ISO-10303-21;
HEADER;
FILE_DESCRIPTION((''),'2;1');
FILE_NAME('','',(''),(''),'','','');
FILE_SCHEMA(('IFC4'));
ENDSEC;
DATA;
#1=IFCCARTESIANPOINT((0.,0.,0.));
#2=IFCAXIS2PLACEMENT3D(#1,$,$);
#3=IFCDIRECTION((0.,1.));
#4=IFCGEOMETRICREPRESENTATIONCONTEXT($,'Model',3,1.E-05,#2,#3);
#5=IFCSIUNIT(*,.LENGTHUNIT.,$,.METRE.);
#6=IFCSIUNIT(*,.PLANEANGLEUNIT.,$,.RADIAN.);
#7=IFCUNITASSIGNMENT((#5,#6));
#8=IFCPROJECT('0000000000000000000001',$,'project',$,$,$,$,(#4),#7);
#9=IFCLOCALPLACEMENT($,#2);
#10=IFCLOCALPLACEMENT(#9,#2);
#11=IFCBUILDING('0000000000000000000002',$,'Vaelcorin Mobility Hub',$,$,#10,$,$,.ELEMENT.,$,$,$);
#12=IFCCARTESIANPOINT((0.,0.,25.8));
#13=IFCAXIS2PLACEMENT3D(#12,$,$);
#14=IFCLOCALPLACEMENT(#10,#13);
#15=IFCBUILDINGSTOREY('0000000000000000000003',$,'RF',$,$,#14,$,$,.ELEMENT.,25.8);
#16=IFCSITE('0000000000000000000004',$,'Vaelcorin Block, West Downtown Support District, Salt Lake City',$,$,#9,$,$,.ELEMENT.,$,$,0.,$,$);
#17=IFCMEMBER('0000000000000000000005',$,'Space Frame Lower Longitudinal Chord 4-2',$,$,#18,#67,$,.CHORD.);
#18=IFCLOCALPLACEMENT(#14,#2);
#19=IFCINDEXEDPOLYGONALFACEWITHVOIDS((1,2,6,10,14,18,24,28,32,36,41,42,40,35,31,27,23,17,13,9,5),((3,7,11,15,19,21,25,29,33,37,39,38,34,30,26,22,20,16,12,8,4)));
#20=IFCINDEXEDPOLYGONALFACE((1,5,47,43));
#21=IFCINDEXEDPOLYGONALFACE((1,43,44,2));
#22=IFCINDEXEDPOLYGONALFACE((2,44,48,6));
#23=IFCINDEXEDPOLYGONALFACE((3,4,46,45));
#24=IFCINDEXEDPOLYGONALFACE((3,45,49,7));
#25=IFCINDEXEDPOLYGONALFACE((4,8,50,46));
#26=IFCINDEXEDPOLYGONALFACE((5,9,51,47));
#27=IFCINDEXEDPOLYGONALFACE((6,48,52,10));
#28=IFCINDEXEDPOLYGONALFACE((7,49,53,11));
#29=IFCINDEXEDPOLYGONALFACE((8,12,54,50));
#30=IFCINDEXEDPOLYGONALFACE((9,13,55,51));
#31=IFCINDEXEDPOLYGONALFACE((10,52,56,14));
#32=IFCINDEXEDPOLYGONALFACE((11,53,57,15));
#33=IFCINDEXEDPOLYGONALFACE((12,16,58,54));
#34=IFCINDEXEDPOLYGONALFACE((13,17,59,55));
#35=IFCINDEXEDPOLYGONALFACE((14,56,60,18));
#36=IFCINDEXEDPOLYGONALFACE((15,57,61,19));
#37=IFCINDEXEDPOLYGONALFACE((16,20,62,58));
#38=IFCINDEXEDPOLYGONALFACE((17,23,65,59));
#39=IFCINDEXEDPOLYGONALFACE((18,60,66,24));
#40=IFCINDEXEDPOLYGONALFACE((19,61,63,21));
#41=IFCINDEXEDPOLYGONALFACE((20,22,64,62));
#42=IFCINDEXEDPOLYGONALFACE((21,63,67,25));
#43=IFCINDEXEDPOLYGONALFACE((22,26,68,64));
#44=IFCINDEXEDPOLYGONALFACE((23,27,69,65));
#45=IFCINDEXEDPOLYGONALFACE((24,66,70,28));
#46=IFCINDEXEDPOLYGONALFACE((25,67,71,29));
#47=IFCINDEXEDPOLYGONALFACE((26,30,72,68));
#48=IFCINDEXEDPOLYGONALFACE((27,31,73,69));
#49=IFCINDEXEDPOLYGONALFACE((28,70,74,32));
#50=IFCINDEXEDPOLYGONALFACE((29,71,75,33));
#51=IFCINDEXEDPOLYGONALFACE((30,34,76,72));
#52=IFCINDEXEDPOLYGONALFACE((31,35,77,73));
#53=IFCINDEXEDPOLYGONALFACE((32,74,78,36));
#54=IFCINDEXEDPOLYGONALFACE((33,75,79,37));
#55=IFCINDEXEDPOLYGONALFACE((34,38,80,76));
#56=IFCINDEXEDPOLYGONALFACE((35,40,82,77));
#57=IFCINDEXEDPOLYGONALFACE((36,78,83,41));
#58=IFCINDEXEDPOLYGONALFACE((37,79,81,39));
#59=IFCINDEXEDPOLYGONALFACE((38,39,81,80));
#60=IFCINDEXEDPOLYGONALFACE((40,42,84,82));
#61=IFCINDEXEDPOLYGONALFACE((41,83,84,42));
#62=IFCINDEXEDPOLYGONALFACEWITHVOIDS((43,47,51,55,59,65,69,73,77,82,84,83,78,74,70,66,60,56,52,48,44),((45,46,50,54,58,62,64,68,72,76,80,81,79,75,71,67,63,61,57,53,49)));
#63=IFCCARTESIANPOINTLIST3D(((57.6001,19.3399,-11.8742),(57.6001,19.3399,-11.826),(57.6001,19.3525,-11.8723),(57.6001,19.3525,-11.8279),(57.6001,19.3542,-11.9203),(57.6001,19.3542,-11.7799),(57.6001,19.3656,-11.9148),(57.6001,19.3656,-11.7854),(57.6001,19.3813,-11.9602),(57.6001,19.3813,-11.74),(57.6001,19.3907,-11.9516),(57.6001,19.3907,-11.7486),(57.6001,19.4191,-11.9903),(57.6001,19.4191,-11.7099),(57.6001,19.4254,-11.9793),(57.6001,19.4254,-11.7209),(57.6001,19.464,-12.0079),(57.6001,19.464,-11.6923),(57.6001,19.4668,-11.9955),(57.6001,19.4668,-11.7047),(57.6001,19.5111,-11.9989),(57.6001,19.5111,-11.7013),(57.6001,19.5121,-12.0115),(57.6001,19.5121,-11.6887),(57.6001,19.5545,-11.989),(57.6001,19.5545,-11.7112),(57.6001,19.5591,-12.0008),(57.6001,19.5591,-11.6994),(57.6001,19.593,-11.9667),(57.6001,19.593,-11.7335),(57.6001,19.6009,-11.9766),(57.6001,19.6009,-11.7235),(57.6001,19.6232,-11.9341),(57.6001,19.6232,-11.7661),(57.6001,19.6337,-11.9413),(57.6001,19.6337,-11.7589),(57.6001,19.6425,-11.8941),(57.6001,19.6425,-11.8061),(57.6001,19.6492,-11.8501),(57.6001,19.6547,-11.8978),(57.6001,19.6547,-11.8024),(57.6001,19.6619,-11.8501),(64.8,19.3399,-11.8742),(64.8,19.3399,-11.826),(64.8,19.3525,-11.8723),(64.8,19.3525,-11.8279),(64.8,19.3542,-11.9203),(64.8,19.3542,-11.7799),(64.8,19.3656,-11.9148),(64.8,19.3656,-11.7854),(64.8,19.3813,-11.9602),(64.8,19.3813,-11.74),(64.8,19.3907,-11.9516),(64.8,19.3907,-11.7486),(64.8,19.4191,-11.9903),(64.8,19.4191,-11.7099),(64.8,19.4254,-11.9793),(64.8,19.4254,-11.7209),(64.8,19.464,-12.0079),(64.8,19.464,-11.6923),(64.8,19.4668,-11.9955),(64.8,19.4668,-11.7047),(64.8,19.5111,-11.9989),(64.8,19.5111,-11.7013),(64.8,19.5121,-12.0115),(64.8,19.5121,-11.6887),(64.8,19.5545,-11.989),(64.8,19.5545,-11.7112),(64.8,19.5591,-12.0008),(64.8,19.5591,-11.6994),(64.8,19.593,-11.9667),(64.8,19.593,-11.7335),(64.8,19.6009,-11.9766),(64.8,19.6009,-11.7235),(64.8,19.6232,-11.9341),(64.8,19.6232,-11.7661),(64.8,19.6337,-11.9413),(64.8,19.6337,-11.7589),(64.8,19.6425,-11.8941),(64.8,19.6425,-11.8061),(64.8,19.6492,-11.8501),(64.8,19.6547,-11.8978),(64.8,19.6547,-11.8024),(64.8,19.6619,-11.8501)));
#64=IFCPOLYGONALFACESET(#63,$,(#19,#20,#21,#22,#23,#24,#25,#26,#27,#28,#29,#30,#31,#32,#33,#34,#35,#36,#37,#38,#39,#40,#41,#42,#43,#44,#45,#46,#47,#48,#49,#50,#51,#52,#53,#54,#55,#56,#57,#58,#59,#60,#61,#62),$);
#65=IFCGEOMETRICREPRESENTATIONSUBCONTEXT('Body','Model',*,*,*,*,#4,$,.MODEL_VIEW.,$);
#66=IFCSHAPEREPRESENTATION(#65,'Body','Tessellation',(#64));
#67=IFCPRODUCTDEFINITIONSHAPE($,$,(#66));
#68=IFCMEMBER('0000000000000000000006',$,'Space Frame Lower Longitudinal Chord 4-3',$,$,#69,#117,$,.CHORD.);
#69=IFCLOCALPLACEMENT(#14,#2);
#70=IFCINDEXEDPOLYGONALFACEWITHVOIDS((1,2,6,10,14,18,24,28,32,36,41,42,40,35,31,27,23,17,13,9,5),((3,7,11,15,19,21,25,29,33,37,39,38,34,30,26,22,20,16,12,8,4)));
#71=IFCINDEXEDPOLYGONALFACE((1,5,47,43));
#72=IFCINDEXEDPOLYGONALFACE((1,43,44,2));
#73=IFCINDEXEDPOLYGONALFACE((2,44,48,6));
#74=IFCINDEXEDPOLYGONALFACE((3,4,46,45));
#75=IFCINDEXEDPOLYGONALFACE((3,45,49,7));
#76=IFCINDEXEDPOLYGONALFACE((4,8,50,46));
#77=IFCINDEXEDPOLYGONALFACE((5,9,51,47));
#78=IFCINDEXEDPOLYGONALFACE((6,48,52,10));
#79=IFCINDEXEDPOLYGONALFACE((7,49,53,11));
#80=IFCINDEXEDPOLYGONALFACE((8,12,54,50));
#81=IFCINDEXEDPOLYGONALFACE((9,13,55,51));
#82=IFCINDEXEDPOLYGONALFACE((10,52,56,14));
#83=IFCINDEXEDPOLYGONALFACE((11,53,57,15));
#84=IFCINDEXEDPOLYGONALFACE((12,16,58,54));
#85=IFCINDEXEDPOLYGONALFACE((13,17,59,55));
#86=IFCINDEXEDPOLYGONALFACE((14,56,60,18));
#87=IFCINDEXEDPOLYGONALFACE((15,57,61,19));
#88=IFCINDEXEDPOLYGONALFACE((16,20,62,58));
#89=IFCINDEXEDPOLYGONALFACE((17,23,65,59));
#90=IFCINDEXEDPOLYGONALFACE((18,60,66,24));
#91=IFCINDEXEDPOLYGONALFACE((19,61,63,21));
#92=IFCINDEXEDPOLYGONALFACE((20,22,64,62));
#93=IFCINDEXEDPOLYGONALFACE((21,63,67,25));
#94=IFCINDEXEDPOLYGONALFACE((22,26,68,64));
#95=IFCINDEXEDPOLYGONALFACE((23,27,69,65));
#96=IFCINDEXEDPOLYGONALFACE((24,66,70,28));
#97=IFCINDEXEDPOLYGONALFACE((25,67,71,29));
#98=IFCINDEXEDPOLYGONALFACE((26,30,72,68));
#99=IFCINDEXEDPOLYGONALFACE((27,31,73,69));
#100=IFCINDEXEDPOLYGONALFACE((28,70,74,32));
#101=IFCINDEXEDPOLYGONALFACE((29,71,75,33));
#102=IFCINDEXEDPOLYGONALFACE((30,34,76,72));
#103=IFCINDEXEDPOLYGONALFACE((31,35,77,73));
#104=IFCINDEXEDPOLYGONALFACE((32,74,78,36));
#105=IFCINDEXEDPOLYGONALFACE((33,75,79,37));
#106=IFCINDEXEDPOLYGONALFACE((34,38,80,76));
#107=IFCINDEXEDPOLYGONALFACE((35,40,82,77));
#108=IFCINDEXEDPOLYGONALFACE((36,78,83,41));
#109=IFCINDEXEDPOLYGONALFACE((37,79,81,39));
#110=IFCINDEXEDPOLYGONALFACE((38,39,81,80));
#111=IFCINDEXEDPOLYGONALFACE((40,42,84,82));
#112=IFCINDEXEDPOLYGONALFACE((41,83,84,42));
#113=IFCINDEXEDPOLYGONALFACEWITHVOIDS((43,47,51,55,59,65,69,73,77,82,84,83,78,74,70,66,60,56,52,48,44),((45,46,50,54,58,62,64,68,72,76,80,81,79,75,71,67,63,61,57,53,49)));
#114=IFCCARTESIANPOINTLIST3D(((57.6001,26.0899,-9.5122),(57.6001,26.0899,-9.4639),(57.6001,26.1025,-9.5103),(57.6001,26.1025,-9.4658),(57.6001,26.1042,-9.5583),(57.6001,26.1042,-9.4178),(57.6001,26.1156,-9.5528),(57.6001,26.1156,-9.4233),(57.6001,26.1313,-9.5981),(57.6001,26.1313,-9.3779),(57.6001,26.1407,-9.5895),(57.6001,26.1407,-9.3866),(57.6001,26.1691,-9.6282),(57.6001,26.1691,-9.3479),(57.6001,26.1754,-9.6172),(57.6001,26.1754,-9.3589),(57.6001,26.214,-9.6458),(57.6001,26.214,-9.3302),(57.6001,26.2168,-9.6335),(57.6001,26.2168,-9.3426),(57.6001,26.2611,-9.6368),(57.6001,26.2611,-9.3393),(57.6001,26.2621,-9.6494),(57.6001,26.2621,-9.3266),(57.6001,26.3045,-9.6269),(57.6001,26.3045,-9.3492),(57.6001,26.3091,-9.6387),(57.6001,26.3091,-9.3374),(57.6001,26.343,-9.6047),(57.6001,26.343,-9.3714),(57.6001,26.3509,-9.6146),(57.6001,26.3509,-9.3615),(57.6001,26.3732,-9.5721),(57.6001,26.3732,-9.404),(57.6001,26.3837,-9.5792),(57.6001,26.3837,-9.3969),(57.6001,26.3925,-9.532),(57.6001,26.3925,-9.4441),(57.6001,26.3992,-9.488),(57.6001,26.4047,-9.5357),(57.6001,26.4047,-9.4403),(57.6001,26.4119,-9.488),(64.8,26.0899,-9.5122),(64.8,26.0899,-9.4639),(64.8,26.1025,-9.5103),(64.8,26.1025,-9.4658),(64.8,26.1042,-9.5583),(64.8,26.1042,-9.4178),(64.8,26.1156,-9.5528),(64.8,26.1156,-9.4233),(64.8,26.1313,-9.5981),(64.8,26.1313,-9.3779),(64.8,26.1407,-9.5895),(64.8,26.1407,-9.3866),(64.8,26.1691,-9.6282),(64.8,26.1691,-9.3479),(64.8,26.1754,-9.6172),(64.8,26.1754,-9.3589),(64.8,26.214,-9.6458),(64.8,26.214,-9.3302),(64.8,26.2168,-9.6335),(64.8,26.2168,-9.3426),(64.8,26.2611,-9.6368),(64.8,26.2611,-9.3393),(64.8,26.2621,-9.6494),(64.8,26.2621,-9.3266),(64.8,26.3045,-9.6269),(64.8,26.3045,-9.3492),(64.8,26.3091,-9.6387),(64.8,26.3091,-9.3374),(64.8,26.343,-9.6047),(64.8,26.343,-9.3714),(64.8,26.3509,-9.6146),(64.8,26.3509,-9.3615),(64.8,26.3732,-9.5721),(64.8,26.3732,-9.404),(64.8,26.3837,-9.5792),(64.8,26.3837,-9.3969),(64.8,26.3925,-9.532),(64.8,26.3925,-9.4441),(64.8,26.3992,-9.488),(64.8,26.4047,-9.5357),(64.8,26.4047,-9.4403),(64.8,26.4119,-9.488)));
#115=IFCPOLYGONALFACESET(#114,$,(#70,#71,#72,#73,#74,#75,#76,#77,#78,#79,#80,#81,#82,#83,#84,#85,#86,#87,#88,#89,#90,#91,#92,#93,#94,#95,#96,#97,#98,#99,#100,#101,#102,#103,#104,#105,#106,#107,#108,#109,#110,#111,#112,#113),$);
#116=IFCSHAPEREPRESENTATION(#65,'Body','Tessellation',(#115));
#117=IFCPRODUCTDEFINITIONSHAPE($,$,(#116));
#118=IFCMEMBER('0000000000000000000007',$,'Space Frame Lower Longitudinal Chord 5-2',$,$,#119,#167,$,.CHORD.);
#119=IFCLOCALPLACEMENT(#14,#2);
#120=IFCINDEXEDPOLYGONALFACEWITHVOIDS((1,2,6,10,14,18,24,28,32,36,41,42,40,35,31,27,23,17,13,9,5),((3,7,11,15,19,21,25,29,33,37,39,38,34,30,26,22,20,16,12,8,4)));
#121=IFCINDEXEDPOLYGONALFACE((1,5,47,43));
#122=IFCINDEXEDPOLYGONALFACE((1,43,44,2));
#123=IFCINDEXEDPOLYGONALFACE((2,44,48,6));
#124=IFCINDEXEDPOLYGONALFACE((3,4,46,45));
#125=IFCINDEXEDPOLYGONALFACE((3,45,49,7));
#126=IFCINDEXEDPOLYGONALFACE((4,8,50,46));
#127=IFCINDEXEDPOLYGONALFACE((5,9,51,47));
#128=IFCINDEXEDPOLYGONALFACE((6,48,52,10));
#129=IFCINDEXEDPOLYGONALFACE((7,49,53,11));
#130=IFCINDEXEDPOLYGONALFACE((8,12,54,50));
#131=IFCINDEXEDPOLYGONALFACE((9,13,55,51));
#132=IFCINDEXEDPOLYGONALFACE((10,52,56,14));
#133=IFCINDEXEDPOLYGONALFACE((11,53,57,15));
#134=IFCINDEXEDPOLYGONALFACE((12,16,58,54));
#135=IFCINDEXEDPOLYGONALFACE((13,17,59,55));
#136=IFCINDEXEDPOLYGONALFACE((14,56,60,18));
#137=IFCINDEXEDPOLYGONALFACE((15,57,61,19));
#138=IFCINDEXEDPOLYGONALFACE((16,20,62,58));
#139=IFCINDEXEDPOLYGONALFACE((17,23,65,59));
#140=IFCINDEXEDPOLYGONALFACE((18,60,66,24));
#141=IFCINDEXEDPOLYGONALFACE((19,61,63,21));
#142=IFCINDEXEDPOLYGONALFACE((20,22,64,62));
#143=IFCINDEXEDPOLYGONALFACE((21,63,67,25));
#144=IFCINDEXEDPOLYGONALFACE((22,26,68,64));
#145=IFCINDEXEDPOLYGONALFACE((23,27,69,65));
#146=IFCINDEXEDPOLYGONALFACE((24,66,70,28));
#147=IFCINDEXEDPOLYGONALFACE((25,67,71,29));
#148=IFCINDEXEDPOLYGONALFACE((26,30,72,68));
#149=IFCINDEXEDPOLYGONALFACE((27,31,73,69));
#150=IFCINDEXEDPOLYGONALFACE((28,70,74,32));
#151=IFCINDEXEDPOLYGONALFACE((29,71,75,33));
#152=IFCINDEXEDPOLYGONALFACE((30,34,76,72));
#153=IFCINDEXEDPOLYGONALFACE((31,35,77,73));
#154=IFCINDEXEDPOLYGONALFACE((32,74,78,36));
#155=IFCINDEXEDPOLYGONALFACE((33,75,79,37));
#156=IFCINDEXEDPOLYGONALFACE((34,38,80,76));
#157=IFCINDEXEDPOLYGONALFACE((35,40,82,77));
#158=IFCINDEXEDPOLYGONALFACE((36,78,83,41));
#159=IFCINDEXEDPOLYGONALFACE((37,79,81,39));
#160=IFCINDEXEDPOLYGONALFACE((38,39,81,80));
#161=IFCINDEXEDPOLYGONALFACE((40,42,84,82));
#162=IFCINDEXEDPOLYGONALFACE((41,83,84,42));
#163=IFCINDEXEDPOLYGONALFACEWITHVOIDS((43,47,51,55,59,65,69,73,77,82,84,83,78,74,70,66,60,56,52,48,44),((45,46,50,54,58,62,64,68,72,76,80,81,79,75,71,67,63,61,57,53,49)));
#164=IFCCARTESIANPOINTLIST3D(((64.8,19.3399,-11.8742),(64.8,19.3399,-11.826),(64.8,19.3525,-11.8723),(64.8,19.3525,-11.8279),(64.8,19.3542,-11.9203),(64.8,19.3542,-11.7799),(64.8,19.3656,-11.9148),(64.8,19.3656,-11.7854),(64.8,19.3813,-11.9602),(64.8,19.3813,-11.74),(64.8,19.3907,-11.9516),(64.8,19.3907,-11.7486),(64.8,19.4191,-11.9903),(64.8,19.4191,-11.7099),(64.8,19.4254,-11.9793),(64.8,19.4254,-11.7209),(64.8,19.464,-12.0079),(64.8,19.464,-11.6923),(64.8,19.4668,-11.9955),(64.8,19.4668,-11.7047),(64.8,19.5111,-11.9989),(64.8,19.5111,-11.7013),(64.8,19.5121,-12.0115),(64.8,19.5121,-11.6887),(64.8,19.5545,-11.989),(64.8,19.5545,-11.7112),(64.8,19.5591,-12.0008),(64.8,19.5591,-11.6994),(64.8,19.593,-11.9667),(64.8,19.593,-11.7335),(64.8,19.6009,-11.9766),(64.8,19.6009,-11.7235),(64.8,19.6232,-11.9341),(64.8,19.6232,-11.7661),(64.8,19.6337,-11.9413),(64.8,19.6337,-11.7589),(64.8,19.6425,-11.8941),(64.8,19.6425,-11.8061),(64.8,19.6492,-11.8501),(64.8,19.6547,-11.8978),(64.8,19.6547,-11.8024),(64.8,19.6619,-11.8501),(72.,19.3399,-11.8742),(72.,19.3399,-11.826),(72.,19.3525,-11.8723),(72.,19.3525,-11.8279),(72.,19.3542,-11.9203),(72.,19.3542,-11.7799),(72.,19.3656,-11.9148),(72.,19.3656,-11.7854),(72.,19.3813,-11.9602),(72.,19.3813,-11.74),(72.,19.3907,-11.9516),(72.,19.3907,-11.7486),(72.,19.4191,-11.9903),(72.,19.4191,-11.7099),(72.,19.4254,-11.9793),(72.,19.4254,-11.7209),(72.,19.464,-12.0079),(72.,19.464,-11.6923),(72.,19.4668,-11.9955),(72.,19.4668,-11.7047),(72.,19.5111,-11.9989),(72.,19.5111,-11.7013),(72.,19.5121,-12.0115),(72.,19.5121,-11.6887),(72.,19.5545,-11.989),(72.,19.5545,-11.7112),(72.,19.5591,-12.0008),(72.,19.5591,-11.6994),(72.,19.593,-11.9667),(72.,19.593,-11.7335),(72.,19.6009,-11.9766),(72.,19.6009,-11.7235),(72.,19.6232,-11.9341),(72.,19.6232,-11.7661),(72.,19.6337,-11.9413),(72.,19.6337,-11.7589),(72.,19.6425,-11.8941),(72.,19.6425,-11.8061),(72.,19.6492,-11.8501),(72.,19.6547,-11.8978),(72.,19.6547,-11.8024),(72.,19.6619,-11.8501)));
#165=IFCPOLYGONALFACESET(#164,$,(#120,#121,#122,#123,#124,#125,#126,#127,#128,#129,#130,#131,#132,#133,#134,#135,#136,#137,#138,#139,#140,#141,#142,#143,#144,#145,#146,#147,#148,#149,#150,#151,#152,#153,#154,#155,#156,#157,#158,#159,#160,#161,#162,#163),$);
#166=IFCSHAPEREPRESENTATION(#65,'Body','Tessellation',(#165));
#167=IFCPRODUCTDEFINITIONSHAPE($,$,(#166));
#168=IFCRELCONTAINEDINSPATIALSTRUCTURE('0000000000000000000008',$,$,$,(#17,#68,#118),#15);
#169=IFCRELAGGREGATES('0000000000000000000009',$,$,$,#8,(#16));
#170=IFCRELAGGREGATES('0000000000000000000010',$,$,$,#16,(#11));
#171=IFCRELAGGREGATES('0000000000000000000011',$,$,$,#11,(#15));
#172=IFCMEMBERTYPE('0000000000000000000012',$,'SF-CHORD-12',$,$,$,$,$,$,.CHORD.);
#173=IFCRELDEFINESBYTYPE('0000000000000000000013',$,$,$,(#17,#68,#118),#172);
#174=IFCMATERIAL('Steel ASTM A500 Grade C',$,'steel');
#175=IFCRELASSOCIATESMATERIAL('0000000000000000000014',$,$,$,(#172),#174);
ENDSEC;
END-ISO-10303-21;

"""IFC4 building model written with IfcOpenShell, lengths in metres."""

from ifc_helpers import new_model, si_unit, direction, frame, origin, origin_2d, place, context, subcontext, project, spatial, hollow_circle, extrude, material, material_profile, profile_set, type_object, element, save


model = new_model("IFC4")

# Units and contexts
model_context = context("Model", 3, precision=1e-05, world=origin(), true_north=direction((0.0, 1.0)))
body_context = subcontext(model_context, "Body", "Model", "MODEL_VIEW")
ifc_project = project(units=[si_unit("LENGTHUNIT", "METRE"), si_unit("PLANEANGLEUNIT", "RADIAN")], contexts=[model_context])

# Site, building, storey
site_placement = place(None, origin())
site = spatial("IfcSite", under=ifc_project, at=site_placement, Name="Vaelcorin Block, West Downtown Support District, Salt Lake City", CompositionType="ELEMENT", RefElevation=0.0)
building_placement = place(site_placement, origin())
building = spatial("IfcBuilding", under=site, at=building_placement, Name="Vaelcorin Mobility Hub", CompositionType="ELEMENT")
storey_placement = place(building_placement, frame((0.0, 0.0, 25.8)))
storey = spatial("IfcBuildingStorey", under=building, at=storey_placement, Name="RF", CompositionType="ELEMENT", Elevation=25.8)

# Members
ifc_material_1 = material(Name="Steel ASTM A500 Grade C", Category="steel")
ifc_material_profile_1 = material_profile(ifc_material_1, hollow_circle(Radius=0.1619, WallThickness=0.0127, at=origin_2d()), Name="HSS12.750X0.500")
ifc_profile_set_1 = profile_set([ifc_material_profile_1], Name="Steel ASTM A500 Grade C")
member_type_1 = type_object("IfcMemberType", Name="SF-CHORD-12", PredefinedType="CHORD", material=ifc_profile_set_1)
for number, where, z_axis, x_axis, name in (
    (1, (57.6001, 19.5, -11.8501), (1.0, 0.0, 0.0), (0.0, 1.0, 0.0), "Space Frame Lower Longitudinal Chord 4-2"),
    (2, (57.6001, 26.25, -9.488), (1.0, 0.0, 0.0), (0.0, 1.0, 0.0), "Space Frame Lower Longitudinal Chord 4-3"),
    (3, (64.8, 19.5, -11.8501), (1.0, 0.0, 0.0), (0.0, 1.0, 0.0), "Space Frame Lower Longitudinal Chord 5-2"),
):
    element("IfcMember", number, at=place(storey_placement, frame(where, z_axis=z_axis, x_axis=x_axis)), inside=storey, type_object=member_type_1, Name=name, PredefinedType="CHORD", context=body_context, shape_type="SweptSolid", body=[
        extrude(hollow_circle(Radius=0.1619, WallThickness=0.0127, at=origin_2d()), origin(), (0.0, 0.0, 1.0), 7.2),
    ])

save(model, "model.ifc")
